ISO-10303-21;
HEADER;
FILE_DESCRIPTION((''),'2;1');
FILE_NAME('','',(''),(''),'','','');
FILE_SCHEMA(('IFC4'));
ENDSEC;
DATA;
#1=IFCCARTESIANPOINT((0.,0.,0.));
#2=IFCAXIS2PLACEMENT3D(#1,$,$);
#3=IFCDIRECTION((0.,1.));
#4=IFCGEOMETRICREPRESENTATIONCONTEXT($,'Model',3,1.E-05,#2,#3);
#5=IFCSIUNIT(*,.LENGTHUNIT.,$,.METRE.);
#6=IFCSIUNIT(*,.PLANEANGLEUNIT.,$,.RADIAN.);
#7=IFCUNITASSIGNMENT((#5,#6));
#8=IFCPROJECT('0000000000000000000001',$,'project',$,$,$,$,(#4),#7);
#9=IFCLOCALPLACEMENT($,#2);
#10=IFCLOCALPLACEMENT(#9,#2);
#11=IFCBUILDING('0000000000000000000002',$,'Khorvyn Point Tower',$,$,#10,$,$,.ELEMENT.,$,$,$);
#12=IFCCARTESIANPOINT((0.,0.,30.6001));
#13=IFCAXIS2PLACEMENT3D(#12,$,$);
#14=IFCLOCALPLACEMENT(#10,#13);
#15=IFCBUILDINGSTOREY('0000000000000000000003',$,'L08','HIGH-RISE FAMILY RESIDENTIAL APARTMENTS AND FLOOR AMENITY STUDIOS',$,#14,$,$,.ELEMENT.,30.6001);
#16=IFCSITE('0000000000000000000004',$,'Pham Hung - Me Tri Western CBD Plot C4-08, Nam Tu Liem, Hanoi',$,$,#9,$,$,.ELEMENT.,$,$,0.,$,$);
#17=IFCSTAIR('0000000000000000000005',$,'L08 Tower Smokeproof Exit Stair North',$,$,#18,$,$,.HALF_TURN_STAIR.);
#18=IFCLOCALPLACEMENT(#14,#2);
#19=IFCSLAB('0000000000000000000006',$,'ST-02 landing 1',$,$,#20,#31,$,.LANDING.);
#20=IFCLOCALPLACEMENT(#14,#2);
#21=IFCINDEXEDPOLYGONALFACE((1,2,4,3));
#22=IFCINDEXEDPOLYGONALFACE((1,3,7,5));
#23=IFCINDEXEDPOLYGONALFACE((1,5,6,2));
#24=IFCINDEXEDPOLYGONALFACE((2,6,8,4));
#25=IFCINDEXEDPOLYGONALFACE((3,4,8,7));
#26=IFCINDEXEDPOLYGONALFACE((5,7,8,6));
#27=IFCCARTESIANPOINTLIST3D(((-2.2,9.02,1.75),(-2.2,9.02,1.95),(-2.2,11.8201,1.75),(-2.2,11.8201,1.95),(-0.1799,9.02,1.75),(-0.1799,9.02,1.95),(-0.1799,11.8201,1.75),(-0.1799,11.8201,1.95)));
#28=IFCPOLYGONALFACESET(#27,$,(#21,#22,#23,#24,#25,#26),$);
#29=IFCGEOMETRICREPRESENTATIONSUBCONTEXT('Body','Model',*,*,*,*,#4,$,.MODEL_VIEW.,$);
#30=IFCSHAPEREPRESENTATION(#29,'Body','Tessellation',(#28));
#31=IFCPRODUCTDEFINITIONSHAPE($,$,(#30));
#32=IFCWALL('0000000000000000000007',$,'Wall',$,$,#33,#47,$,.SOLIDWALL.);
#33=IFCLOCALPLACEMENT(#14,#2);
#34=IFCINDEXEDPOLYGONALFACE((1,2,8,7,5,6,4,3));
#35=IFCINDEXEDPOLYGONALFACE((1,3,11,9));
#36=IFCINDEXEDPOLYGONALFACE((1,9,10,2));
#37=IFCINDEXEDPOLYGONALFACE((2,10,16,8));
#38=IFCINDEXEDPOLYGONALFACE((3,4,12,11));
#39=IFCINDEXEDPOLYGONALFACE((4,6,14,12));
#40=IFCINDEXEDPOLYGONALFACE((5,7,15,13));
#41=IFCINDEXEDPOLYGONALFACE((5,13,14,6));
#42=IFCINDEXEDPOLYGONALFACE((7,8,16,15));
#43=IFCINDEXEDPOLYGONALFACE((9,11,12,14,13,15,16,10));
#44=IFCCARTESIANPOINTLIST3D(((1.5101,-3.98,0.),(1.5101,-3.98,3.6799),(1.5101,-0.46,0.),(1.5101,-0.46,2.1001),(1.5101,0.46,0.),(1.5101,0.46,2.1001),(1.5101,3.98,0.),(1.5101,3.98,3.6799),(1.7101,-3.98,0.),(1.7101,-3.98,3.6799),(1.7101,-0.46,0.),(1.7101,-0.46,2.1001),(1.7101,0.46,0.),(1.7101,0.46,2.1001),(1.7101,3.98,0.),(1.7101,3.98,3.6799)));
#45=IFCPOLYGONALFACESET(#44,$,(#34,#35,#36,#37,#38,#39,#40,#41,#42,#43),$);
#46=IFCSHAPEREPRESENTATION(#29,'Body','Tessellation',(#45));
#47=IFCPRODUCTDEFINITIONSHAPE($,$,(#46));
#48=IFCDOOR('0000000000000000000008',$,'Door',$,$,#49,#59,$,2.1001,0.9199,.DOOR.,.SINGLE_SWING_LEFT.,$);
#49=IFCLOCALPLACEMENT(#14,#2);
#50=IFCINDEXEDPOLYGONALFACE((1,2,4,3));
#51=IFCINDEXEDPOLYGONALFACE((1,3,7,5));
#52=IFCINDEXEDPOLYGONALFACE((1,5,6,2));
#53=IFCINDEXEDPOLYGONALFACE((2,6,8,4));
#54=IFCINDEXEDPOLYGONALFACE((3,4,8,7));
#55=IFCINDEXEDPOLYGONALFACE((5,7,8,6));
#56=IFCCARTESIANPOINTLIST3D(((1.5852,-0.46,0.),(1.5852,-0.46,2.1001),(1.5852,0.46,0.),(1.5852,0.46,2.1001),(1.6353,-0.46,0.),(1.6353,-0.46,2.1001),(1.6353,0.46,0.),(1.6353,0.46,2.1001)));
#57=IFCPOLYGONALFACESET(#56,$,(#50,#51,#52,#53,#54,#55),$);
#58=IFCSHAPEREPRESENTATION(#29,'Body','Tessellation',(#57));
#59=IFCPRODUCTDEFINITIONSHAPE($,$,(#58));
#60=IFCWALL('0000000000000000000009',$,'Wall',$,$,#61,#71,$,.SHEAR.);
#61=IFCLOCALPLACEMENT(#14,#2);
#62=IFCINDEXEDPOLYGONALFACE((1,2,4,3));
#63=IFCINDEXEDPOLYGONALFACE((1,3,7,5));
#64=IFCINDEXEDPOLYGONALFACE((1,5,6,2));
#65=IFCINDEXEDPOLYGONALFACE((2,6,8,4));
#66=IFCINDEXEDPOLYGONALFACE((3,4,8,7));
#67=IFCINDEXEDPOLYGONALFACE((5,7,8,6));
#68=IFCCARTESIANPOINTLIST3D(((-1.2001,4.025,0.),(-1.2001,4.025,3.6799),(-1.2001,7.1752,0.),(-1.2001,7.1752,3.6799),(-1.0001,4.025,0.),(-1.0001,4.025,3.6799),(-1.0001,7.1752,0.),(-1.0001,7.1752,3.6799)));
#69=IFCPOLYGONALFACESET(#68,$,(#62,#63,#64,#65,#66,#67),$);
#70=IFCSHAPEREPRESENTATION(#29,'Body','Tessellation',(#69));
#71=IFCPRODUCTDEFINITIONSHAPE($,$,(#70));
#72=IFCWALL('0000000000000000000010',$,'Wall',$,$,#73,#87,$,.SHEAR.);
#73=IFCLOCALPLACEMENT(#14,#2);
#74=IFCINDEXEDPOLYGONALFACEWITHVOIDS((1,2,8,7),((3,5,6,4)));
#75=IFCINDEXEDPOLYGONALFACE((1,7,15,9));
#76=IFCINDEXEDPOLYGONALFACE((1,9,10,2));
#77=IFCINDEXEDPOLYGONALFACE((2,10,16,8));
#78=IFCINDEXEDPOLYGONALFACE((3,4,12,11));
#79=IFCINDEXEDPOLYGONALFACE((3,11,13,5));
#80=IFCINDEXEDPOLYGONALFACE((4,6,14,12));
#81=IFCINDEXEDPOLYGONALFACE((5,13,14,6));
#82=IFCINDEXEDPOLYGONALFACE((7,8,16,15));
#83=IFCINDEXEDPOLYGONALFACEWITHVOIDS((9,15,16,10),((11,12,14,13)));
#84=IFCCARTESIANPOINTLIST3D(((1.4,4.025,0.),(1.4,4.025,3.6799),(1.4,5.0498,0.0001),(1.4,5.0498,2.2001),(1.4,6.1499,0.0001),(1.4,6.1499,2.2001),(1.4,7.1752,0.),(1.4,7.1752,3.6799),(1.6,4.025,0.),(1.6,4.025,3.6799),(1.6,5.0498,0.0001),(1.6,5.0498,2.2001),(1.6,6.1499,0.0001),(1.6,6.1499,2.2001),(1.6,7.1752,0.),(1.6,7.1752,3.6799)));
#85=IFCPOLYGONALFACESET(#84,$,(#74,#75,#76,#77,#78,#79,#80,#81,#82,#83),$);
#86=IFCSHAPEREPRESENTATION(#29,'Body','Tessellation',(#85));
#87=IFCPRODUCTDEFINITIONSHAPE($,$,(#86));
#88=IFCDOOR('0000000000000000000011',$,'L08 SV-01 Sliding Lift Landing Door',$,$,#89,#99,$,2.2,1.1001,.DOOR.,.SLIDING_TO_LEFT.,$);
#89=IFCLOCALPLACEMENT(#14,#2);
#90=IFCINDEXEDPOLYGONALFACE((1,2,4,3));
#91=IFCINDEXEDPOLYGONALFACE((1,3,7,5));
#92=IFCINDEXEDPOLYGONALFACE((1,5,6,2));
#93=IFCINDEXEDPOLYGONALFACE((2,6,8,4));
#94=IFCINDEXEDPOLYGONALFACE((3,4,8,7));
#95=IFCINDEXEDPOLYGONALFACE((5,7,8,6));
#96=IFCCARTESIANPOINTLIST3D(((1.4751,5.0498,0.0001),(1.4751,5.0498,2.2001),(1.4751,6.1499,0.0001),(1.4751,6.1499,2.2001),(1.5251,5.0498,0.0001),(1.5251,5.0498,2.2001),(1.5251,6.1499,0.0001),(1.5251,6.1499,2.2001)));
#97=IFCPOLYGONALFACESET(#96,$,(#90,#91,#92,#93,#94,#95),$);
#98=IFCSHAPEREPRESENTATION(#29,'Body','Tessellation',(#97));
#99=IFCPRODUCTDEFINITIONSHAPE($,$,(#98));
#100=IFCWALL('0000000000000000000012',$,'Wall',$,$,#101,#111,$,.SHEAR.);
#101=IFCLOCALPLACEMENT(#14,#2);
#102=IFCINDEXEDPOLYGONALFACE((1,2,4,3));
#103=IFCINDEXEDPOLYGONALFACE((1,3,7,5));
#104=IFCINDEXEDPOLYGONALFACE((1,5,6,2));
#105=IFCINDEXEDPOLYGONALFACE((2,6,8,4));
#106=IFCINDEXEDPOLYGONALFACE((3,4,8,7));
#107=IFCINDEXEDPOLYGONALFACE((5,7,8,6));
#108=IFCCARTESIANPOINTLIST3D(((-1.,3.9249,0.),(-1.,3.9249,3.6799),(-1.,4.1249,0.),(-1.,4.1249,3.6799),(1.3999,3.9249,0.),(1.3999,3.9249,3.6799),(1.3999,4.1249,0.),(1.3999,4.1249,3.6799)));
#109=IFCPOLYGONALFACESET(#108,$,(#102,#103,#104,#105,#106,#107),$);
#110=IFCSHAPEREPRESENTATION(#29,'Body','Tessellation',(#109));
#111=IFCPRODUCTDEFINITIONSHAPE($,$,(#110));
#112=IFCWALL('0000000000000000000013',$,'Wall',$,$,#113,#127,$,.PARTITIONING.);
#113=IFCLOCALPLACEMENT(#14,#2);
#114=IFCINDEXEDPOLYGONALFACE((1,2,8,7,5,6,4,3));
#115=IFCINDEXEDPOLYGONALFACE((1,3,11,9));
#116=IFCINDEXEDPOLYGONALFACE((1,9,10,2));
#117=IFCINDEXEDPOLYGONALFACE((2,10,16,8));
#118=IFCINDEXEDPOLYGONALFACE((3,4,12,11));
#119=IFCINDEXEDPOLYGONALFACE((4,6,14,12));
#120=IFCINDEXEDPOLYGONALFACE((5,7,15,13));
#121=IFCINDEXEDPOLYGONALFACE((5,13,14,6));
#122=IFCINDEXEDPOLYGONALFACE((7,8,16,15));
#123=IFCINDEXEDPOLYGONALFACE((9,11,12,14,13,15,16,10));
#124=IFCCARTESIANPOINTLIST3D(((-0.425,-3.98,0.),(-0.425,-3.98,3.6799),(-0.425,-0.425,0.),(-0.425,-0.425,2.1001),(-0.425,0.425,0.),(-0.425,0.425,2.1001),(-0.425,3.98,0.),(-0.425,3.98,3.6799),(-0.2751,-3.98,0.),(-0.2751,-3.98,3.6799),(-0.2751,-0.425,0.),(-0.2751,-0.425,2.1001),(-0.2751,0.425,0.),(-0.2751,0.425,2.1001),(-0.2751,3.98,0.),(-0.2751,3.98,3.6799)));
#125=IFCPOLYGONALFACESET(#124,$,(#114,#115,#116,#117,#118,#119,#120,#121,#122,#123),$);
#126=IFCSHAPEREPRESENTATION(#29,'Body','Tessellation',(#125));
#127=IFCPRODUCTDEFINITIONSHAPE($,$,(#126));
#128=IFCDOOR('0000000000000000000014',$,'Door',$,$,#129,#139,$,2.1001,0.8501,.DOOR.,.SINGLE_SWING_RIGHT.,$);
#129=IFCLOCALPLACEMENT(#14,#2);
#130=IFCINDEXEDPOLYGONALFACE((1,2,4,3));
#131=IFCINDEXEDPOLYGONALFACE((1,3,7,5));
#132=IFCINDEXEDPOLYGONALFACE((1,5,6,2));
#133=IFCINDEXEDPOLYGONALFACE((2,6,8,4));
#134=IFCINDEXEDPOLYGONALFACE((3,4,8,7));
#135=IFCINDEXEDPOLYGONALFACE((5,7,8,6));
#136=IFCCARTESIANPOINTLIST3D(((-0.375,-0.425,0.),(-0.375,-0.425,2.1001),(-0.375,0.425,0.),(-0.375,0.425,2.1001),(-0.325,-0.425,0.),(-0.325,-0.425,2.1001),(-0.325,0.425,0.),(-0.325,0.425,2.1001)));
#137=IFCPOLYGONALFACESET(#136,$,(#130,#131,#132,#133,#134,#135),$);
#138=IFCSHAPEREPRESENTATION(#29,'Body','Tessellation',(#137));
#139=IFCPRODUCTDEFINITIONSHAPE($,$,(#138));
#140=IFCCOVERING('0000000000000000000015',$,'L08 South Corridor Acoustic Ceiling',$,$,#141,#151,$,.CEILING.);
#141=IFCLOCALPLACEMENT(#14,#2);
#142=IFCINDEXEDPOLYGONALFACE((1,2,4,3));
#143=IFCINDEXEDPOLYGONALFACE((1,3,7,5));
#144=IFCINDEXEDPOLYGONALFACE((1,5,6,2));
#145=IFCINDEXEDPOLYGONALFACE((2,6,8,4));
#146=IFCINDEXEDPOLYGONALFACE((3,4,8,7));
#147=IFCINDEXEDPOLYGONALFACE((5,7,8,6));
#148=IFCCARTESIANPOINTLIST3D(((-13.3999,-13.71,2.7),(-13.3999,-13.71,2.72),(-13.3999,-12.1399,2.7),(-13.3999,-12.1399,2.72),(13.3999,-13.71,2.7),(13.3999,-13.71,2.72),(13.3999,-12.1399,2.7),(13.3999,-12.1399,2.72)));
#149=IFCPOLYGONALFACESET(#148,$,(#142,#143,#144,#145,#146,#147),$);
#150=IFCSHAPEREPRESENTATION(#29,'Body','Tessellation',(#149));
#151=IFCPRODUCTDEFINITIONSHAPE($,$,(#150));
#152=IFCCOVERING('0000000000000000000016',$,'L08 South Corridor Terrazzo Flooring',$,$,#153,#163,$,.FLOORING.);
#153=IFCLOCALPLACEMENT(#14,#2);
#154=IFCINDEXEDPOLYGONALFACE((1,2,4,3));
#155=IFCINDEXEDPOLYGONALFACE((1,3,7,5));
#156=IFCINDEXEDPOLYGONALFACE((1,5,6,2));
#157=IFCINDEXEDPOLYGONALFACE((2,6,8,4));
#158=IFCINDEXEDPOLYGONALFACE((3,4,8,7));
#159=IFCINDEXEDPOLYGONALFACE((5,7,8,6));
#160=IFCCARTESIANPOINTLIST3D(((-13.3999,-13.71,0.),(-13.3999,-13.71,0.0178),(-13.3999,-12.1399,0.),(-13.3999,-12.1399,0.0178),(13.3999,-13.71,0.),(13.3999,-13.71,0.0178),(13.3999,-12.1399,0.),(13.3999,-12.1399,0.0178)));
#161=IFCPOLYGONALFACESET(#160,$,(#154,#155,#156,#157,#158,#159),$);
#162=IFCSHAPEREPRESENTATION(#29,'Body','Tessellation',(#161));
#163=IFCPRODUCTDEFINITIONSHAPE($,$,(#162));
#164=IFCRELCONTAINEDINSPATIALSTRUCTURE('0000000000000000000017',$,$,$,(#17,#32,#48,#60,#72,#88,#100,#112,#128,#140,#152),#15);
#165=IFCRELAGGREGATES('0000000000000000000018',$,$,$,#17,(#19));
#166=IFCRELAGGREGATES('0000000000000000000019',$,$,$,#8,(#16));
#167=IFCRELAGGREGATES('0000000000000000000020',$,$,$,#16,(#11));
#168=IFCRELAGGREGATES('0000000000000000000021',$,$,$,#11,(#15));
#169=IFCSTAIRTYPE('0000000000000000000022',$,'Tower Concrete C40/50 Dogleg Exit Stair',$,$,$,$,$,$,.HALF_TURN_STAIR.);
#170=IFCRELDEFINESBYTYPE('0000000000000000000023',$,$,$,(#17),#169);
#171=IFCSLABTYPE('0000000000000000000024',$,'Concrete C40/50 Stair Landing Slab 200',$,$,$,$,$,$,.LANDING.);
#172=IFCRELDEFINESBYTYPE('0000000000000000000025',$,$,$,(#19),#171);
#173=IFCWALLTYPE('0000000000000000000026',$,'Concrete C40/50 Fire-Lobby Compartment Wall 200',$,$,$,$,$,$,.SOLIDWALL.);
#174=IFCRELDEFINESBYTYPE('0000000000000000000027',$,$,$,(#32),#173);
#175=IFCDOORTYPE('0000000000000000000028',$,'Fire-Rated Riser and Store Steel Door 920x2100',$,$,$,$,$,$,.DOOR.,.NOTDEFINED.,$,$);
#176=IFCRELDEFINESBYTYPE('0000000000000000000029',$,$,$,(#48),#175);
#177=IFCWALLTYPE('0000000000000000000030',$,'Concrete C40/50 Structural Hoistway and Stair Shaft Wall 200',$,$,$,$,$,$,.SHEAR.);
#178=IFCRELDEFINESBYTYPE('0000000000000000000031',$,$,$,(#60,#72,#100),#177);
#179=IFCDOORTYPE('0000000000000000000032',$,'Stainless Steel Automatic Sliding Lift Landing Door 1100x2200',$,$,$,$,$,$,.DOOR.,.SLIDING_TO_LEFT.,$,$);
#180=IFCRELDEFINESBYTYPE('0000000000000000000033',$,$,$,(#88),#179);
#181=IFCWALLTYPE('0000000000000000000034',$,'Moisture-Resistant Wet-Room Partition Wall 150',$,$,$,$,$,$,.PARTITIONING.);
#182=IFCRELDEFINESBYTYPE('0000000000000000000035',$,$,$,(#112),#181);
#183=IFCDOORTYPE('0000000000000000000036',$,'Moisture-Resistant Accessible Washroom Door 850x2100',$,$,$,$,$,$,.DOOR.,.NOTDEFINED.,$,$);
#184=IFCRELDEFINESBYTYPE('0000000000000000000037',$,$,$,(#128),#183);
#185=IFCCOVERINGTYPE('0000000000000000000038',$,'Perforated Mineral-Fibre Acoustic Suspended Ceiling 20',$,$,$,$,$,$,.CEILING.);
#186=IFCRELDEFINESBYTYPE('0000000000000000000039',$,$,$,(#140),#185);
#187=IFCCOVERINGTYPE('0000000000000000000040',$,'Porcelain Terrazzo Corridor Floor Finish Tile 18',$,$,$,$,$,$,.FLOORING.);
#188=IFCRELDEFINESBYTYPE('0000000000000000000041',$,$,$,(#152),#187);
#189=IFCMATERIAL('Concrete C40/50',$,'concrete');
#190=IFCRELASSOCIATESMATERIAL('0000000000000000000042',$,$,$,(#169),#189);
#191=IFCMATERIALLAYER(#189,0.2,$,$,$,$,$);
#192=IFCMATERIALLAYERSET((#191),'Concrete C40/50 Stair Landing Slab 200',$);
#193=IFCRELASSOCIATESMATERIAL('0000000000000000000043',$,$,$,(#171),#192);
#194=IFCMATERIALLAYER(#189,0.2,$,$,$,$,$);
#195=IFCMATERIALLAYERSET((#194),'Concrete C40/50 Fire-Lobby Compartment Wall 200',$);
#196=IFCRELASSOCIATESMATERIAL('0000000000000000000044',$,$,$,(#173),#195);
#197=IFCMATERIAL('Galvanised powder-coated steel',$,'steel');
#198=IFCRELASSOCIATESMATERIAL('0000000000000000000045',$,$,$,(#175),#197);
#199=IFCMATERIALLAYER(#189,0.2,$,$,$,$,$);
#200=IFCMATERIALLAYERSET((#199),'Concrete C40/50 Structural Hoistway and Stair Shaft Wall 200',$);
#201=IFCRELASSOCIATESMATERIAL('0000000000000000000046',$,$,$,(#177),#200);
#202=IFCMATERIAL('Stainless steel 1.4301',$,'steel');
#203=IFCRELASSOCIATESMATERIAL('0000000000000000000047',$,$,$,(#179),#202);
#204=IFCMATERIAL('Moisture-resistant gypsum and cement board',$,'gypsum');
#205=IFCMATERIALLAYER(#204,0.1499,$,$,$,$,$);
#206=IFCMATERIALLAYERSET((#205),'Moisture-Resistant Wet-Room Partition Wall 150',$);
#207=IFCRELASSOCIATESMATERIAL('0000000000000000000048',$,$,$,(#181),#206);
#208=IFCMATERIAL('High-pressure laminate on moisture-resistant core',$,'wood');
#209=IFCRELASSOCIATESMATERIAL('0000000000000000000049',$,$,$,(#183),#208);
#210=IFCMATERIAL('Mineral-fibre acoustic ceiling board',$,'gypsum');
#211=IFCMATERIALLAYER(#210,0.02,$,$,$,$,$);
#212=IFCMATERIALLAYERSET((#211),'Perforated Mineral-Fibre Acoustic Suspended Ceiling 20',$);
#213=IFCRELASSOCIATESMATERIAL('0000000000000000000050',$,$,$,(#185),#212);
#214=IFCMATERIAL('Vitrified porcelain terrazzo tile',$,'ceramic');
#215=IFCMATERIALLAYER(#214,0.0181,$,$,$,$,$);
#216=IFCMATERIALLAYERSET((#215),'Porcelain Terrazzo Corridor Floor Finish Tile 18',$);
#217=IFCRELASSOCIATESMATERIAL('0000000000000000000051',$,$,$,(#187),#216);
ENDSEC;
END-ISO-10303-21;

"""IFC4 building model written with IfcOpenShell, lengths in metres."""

from ifc_helpers import new_model, si_unit, direction, frame, frame_2d, origin, place, context, subcontext, project, spatial, polyline, rectangle, outline, extrude, material, layer, layer_set, type_object, element, fill, aggregate, save


model = new_model("IFC4")

# Units and contexts
model_context = context("Model", 3, precision=1e-05, world=origin(), true_north=direction((0.0, 1.0)))
body_context = subcontext(model_context, "Body", "Model", "MODEL_VIEW")
ifc_project = project(units=[si_unit("LENGTHUNIT", "METRE"), si_unit("PLANEANGLEUNIT", "RADIAN")], contexts=[model_context])

# Site, building, storey
site_placement = place(None, origin())
site = spatial("IfcSite", under=ifc_project, at=site_placement, Name="Pham Hung - Me Tri Western CBD Plot C4-08, Nam Tu Liem, Hanoi", CompositionType="ELEMENT", RefElevation=0.0)
building_placement = place(site_placement, origin())
building = spatial("IfcBuilding", under=site, at=building_placement, Name="Khorvyn Point Tower", CompositionType="ELEMENT")
storey_placement = place(building_placement, frame((0.0, 0.0, 30.6001)))
storey = spatial("IfcBuildingStorey", under=building, at=storey_placement, Name="L08", Description="HIGH-RISE FAMILY RESIDENTIAL APARTMENTS AND FLOOR AMENITY STUDIOS", CompositionType="ELEMENT", Elevation=30.6001)

# Shared definitions
ifc_material_1 = material(Name="Concrete C40/50", Category="concrete")

# Stair, slab
stair_type = type_object("IfcStairType", Name="Tower Concrete C40/50 Dogleg Exit Stair", PredefinedType="HALF_TURN_STAIR", material=ifc_material_1)
ifc_layer_1 = layer(ifc_material_1, 0.2)
ifc_layer_set_1 = layer_set([ifc_layer_1], Name="Concrete C40/50 Stair Landing Slab 200")
slab_type_1 = type_object("IfcSlabType", Name="Concrete C40/50 Stair Landing Slab 200", PredefinedType="LANDING", material=ifc_layer_set_1)
stair_1_placement = place(storey_placement, origin())
stair_1 = element("IfcStair", 1, at=stair_1_placement, inside=storey, type_object=stair_type, Name="L08 Tower Smokeproof Exit Stair North", PredefinedType="HALF_TURN_STAIR")
slab_1_placement = place(storey_placement, frame((0.0, 0.0, 1.75)))
slab_1 = element("IfcSlab", 2, at=slab_1_placement, type_object=slab_type_1, Name="ST-02 landing 1", PredefinedType="LANDING", context=body_context, shape_type="SweptSolid", body=[
    extrude(outline(polyline([(-0.1799, 11.8201), (-2.2, 11.8201), (-2.2, 9.02), (-0.1799, 9.02), (-0.1799, 11.8201)])), origin(), (0.0, 0.0, 1.0), 0.2),
])
aggregate(stair_1, [slab_1])

# Wall, opening, door
ifc_layer_2 = layer(ifc_material_1, 0.2)
ifc_layer_set_2 = layer_set([ifc_layer_2], Name="Concrete C40/50 Fire-Lobby Compartment Wall 200")
wall_type_1 = type_object("IfcWallType", Name="Concrete C40/50 Fire-Lobby Compartment Wall 200", PredefinedType="SOLIDWALL", material=ifc_layer_set_2)
wall_1_placement = place(storey_placement, frame((1.6101, -3.98, 0.0), z_axis=(0.0, 0.0, 1.0), x_axis=(0.0, 1.0, 0.0)))
wall_1 = element("IfcWall", 3, at=wall_1_placement, inside=storey, type_object=wall_type_1, Name="Wall", PredefinedType="SOLIDWALL", context=body_context, shape_type="SweptSolid", body=[
    extrude(rectangle(XDim=7.96, YDim=0.2, at=frame_2d((3.98, 0.0))), origin(), (0.0, 0.0, 1.0), 3.6799),
])
opening_1_placement = place(wall_1_placement, frame((3.52, 0.0, 0.0)))
opening_1 = element("IfcOpeningElement", 4, at=opening_1_placement, cuts=wall_1, PredefinedType="OPENING", context=body_context, shape_type="SweptSolid", body=[
    extrude(rectangle(XDim=0.9199, YDim=2.1001, at=frame_2d((0.46, 1.05))), frame((0.0, 0.1099, 0.0), z_axis=(0.0, -1.0, 0.0), x_axis=(1.0, 0.0, 0.0)), (0.0, 0.0, 1.0), 0.22),
])
ifc_material_2 = material(Name="Galvanised powder-coated steel", Category="steel")
door_type_1 = type_object("IfcDoorType", Name="Fire-Rated Riser and Store Steel Door 920x2100", OperationType="NOTDEFINED", PredefinedType="DOOR", material=ifc_material_2)
door_1_placement = place(opening_1_placement, origin())
door_1 = element("IfcDoor", 5, at=door_1_placement, inside=storey, type_object=door_type_1, Name="Door", OperationType="SINGLE_SWING_LEFT", OverallHeight=2.1001, OverallWidth=0.9199, PredefinedType="DOOR", context=body_context, shape_type="SweptSolid", body=[
    extrude(rectangle(XDim=0.9199, YDim=2.1001, at=frame_2d((0.46, 1.05))), frame((0.0, 0.0249, 0.0), z_axis=(0.0, -1.0, 0.0), x_axis=(1.0, 0.0, 0.0)), (0.0, 0.0, 1.0), 0.05),
])
fill(opening_1, door_1)

# Wall
ifc_layer_3 = layer(ifc_material_1, 0.2)
ifc_layer_set_3 = layer_set([ifc_layer_3], Name="Concrete C40/50 Structural Hoistway and Stair Shaft Wall 200")
wall_type_2 = type_object("IfcWallType", Name="Concrete C40/50 Structural Hoistway and Stair Shaft Wall 200", PredefinedType="SHEAR", material=ifc_layer_set_3)
wall_2_placement = place(storey_placement, frame((-1.1001, 4.0249, 0.0), z_axis=(0.0, 0.0, 1.0), x_axis=(0.0, 1.0, 0.0)))
element("IfcWall", 6, at=wall_2_placement, inside=storey, type_object=wall_type_2, Name="Wall", PredefinedType="SHEAR", context=body_context, shape_type="SweptSolid", body=[
    extrude(rectangle(XDim=3.1501, YDim=0.2, at=frame_2d((1.5752, 0.0))), origin(), (0.0, 0.0, 1.0), 3.6799),
])

# Wall, opening, door
wall_3_placement = place(storey_placement, frame((1.5, 4.0249, 0.0), z_axis=(0.0, 0.0, 1.0), x_axis=(0.0, 1.0, 0.0)))
wall_3 = element("IfcWall", 7, at=wall_3_placement, inside=storey, type_object=wall_type_2, Name="Wall", PredefinedType="SHEAR", context=body_context, shape_type="SweptSolid", body=[
    extrude(rectangle(XDim=3.1501, YDim=0.2, at=frame_2d((1.5752, 0.0))), origin(), (0.0, 0.0, 1.0), 3.6799),
])
opening_2_placement = place(wall_3_placement, frame((1.0249, 0.0, 0.0)))
opening_2 = element("IfcOpeningElement", 8, at=opening_2_placement, cuts=wall_3, PredefinedType="OPENING", context=body_context, shape_type="SweptSolid", body=[
    extrude(rectangle(XDim=1.1001, YDim=2.2, at=frame_2d((0.55, 1.1001))), frame((0.0, 0.1099, 0.0), z_axis=(0.0, -1.0, 0.0), x_axis=(1.0, 0.0, 0.0)), (0.0, 0.0, 1.0), 0.22),
])
ifc_material_3 = material(Name="Stainless steel 1.4301", Category="steel")
door_type_2 = type_object("IfcDoorType", Name="Stainless Steel Automatic Sliding Lift Landing Door 1100x2200", OperationType="SLIDING_TO_LEFT", PredefinedType="DOOR", material=ifc_material_3)
door_2_placement = place(opening_2_placement, origin())
door_2 = element("IfcDoor", 9, at=door_2_placement, inside=storey, type_object=door_type_2, Name="L08 SV-01 Sliding Lift Landing Door", OperationType="SLIDING_TO_LEFT", OverallHeight=2.2, OverallWidth=1.1001, PredefinedType="DOOR", context=body_context, shape_type="SweptSolid", body=[
    extrude(rectangle(XDim=1.1001, YDim=2.2, at=frame_2d((0.55, 1.1001))), frame((0.0, 0.0249, 0.0), z_axis=(0.0, -1.0, 0.0), x_axis=(1.0, 0.0, 0.0)), (0.0, 0.0, 1.0), 0.05),
])
fill(opening_2, door_2)

# Wall
wall_4_placement = place(storey_placement, frame((-1.0, 4.0249, 0.0), z_axis=(0.0, 0.0, 1.0), x_axis=(1.0, 0.0, 0.0)))
element("IfcWall", 10, at=wall_4_placement, inside=storey, type_object=wall_type_2, Name="Wall", PredefinedType="SHEAR", context=body_context, shape_type="SweptSolid", body=[
    extrude(rectangle(XDim=2.3999, YDim=0.2, at=frame_2d((1.2, 0.0))), origin(), (0.0, 0.0, 1.0), 3.6799),
])

# Wall, opening, door
ifc_material_4 = material(Name="Moisture-resistant gypsum and cement board", Category="gypsum")
ifc_layer_4 = layer(ifc_material_4, 0.1499)
ifc_layer_set_4 = layer_set([ifc_layer_4], Name="Moisture-Resistant Wet-Room Partition Wall 150")
wall_type_3 = type_object("IfcWallType", Name="Moisture-Resistant Wet-Room Partition Wall 150", PredefinedType="PARTITIONING", material=ifc_layer_set_4)
wall_5_placement = place(storey_placement, frame((-0.3501, -3.98, 0.0), z_axis=(0.0, 0.0, 1.0), x_axis=(0.0, 1.0, 0.0)))
wall_5 = element("IfcWall", 11, at=wall_5_placement, inside=storey, type_object=wall_type_3, Name="Wall", PredefinedType="PARTITIONING", context=body_context, shape_type="SweptSolid", body=[
    extrude(rectangle(XDim=7.96, YDim=0.1499, at=frame_2d((3.98, 0.0))), origin(), (0.0, 0.0, 1.0), 3.6799),
])
opening_3_placement = place(wall_5_placement, frame((3.5549, 0.0, 0.0)))
opening_3 = element("IfcOpeningElement", 12, at=opening_3_placement, cuts=wall_5, PredefinedType="OPENING", context=body_context, shape_type="SweptSolid", body=[
    extrude(rectangle(XDim=0.8501, YDim=2.1001, at=frame_2d((0.425, 1.05))), frame((0.0, 0.085, 0.0), z_axis=(0.0, -1.0, 0.0), x_axis=(1.0, 0.0, 0.0)), (0.0, 0.0, 1.0), 0.1699),
])
ifc_material_5 = material(Name="High-pressure laminate on moisture-resistant core", Category="wood")
door_type_3 = type_object("IfcDoorType", Name="Moisture-Resistant Accessible Washroom Door 850x2100", OperationType="NOTDEFINED", PredefinedType="DOOR", material=ifc_material_5)
door_3_placement = place(opening_3_placement, origin())
door_3 = element("IfcDoor", 13, at=door_3_placement, inside=storey, type_object=door_type_3, Name="Door", OperationType="SINGLE_SWING_RIGHT", OverallHeight=2.1001, OverallWidth=0.8501, PredefinedType="DOOR", context=body_context, shape_type="SweptSolid", body=[
    extrude(rectangle(XDim=0.8501, YDim=2.1001, at=frame_2d((0.425, 1.05))), frame((0.0, 0.0249, 0.0), z_axis=(0.0, -1.0, 0.0), x_axis=(1.0, 0.0, 0.0)), (0.0, 0.0, 1.0), 0.05),
])
fill(opening_3, door_3)

# Coverings
ifc_material_6 = material(Name="Mineral-fibre acoustic ceiling board", Category="gypsum")
ifc_layer_5 = layer(ifc_material_6, 0.02)
ifc_layer_set_5 = layer_set([ifc_layer_5], Name="Perforated Mineral-Fibre Acoustic Suspended Ceiling 20")
covering_type_1 = type_object("IfcCoveringType", Name="Perforated Mineral-Fibre Acoustic Suspended Ceiling 20", PredefinedType="CEILING", material=ifc_layer_set_5)
covering_1_placement = place(storey_placement, frame((0.0, 0.0, 2.7)))
element("IfcCovering", 14, at=covering_1_placement, inside=storey, type_object=covering_type_1, Name="L08 South Corridor Acoustic Ceiling", PredefinedType="CEILING", context=body_context, shape_type="SweptSolid", body=[
    extrude(outline(polyline([(-13.3999, -13.71), (13.3999, -13.71), (13.3999, -12.1399), (-13.3999, -12.1399), (-13.3999, -13.71)])), origin(), (0.0, 0.0, 1.0), 0.02),
])
ifc_material_7 = material(Name="Vitrified porcelain terrazzo tile", Category="ceramic")
ifc_layer_6 = layer(ifc_material_7, 0.0181)
ifc_layer_set_6 = layer_set([ifc_layer_6], Name="Porcelain Terrazzo Corridor Floor Finish Tile 18")
covering_type_2 = type_object("IfcCoveringType", Name="Porcelain Terrazzo Corridor Floor Finish Tile 18", PredefinedType="FLOORING", material=ifc_layer_set_6)
covering_2_placement = place(storey_placement, origin())
element("IfcCovering", 15, at=covering_2_placement, inside=storey, type_object=covering_type_2, Name="L08 South Corridor Terrazzo Flooring", PredefinedType="FLOORING", context=body_context, shape_type="SweptSolid", body=[
    extrude(outline(polyline([(-13.3999, -13.71), (13.3999, -13.71), (13.3999, -12.1399), (-13.3999, -12.1399), (-13.3999, -13.71)])), origin(), (0.0, 0.0, 1.0), 0.0178),
])

save(model, "model.ifc")
